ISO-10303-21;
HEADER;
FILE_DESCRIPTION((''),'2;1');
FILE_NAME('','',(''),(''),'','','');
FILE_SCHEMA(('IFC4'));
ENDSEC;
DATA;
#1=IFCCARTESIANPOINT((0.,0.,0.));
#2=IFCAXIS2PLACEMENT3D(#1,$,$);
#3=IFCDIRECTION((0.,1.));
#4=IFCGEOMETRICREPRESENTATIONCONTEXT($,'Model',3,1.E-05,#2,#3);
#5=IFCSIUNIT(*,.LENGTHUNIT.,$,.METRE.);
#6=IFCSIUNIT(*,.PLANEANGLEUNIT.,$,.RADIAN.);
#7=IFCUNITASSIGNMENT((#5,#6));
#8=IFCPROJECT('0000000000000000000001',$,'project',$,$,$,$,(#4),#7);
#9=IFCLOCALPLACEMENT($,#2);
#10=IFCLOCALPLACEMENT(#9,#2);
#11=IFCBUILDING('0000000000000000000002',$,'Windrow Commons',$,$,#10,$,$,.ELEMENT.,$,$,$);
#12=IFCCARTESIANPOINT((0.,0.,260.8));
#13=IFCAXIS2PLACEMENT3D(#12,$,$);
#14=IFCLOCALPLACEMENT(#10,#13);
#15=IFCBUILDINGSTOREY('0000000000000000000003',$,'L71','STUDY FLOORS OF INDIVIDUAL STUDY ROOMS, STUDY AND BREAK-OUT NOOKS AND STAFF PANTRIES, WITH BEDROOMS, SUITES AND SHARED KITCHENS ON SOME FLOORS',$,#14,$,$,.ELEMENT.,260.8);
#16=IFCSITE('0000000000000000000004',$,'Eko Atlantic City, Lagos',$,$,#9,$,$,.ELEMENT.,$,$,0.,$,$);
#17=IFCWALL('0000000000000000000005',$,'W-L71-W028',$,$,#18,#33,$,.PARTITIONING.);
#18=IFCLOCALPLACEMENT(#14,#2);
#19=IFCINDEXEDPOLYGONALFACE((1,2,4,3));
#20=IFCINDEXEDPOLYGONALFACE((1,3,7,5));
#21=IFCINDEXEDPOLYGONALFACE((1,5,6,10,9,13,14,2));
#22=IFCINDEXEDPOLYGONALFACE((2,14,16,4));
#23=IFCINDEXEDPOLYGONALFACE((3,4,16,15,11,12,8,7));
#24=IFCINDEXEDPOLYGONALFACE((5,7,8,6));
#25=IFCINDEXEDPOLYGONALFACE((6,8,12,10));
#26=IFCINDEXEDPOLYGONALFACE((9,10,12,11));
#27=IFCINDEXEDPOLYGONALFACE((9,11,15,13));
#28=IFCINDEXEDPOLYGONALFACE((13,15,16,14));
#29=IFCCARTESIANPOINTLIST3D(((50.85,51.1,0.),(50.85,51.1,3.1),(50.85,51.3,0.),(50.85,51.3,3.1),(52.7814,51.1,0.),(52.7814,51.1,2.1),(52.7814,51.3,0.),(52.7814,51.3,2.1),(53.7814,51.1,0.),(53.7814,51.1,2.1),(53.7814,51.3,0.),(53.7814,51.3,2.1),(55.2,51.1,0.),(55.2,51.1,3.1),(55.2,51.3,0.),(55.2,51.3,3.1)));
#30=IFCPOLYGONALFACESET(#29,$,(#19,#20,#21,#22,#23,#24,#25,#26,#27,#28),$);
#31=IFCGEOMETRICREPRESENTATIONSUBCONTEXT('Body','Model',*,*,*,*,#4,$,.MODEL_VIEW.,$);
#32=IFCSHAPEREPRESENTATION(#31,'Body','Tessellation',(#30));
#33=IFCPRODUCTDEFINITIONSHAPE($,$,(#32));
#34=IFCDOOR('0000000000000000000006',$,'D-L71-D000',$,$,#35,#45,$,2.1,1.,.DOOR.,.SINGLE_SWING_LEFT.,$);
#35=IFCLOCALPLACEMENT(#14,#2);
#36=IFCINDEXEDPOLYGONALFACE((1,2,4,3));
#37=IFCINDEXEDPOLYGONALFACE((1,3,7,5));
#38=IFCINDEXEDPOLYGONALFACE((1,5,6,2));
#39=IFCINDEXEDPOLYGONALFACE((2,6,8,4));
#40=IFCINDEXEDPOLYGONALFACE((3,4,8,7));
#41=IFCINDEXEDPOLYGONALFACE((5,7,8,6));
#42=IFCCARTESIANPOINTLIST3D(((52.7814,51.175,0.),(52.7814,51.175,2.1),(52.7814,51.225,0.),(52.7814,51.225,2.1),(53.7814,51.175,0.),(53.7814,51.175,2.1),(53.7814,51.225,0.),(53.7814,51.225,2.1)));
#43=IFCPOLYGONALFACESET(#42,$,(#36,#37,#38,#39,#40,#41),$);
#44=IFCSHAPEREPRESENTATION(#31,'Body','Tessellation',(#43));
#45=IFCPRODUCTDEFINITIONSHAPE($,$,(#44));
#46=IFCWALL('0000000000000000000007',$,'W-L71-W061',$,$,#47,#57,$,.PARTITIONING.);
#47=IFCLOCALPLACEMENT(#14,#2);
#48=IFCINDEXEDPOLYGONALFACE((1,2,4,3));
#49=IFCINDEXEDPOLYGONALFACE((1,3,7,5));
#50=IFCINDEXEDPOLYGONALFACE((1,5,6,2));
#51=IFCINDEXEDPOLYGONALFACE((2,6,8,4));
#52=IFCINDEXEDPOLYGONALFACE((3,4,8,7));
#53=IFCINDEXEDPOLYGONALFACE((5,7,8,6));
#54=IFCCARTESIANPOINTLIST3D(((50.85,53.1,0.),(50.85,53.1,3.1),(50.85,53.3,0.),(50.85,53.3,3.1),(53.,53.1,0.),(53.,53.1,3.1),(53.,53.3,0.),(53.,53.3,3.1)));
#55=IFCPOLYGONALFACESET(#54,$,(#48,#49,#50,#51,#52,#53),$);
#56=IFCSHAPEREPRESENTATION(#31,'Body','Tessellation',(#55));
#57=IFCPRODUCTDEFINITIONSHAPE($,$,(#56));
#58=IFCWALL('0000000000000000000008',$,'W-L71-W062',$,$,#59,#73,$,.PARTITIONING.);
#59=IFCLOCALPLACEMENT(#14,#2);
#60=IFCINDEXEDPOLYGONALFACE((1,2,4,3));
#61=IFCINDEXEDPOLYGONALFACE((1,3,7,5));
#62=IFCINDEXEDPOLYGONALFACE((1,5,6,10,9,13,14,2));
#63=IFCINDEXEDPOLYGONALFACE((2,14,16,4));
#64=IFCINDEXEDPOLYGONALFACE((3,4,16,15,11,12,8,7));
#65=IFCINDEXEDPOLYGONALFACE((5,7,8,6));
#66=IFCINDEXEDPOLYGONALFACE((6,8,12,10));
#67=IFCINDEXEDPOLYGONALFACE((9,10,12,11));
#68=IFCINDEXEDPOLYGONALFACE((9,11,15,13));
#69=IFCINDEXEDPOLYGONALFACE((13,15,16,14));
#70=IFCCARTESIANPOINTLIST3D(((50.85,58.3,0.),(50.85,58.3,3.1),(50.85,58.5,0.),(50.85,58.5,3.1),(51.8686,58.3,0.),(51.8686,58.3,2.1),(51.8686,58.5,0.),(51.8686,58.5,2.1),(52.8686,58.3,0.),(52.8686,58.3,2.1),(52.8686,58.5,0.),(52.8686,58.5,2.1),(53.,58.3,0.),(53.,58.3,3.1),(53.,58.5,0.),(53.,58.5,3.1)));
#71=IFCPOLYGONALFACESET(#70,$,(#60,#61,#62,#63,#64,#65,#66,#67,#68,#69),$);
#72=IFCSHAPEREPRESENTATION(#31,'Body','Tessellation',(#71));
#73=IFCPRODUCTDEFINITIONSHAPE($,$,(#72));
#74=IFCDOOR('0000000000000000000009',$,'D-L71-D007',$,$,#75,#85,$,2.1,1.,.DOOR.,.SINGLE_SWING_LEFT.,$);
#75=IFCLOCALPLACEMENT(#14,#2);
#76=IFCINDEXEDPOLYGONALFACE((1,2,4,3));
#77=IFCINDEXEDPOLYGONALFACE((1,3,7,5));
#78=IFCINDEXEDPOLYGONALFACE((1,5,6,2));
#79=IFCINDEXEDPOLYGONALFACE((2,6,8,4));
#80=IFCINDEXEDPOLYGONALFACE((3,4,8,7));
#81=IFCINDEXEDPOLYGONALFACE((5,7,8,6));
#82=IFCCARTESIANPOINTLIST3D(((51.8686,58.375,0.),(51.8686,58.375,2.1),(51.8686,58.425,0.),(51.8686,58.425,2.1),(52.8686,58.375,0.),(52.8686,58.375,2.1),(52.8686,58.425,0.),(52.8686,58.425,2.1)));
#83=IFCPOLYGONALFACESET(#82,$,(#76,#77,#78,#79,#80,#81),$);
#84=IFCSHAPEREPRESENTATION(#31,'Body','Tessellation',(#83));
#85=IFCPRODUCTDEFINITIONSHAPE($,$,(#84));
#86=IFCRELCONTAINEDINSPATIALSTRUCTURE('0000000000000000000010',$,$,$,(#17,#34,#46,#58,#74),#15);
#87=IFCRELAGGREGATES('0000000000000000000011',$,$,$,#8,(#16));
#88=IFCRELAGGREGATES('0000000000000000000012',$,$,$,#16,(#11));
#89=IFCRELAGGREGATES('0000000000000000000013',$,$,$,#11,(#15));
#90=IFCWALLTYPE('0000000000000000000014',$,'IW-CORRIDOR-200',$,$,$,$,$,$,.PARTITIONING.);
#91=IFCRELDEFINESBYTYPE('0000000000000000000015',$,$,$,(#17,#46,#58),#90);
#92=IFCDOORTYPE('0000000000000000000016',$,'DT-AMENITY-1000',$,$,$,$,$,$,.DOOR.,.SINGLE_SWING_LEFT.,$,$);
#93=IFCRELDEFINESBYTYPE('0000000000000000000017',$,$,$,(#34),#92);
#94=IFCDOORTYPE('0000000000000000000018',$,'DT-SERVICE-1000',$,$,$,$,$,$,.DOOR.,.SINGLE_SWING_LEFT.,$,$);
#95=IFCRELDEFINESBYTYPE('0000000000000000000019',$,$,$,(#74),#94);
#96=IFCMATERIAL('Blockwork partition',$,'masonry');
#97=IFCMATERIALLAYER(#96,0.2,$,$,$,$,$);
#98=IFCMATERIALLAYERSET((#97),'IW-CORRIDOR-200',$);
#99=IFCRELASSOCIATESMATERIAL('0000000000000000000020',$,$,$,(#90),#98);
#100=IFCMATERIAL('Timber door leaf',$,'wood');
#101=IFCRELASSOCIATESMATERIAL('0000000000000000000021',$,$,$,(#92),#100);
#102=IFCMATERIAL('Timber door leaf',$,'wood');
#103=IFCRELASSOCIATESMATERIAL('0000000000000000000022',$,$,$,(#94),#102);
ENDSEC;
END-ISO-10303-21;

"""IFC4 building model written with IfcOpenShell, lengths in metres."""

from ifc_helpers import new_model, si_unit, direction, frame, frame_2d, origin, place, context, subcontext, project, spatial, rectangle, extrude, material, layer, layer_set, type_object, element, fill, save


model = new_model("IFC4")

# Units and contexts
model_context = context("Model", 3, precision=1e-05, world=origin(), true_north=direction((0.0, 1.0)))
body_context = subcontext(model_context, "Body", "Model", "MODEL_VIEW")
ifc_project = project(units=[si_unit("LENGTHUNIT", "METRE"), si_unit("PLANEANGLEUNIT", "RADIAN")], contexts=[model_context])

# Site, building, storey
site_placement = place(None, origin())
site = spatial("IfcSite", under=ifc_project, at=site_placement, Name="Eko Atlantic City, Lagos", CompositionType="ELEMENT", RefElevation=0.0)
building_placement = place(site_placement, origin())
building = spatial("IfcBuilding", under=site, at=building_placement, Name="Windrow Commons", CompositionType="ELEMENT")
storey_placement = place(building_placement, frame((0.0, 0.0, 260.8)))
storey = spatial("IfcBuildingStorey", under=building, at=storey_placement, Name="L71", Description="STUDY FLOORS OF INDIVIDUAL STUDY ROOMS, STUDY AND BREAK-OUT NOOKS AND STAFF PANTRIES, WITH BEDROOMS, SUITES AND SHARED KITCHENS ON SOME FLOORS", CompositionType="ELEMENT", Elevation=260.8)

# Wall, opening, door
ifc_material_1 = material(Name="Blockwork partition", Category="masonry")
ifc_layer_1 = layer(ifc_material_1, 0.2)
ifc_layer_set_1 = layer_set([ifc_layer_1], Name="IW-CORRIDOR-200")
wall_type_1 = type_object("IfcWallType", Name="IW-CORRIDOR-200", PredefinedType="PARTITIONING", material=ifc_layer_set_1)
wall_1_placement = place(storey_placement, frame((50.85, 51.2, 0.0), z_axis=(0.0, 0.0, 1.0), x_axis=(1.0, 0.0, 0.0)))
wall_1 = element("IfcWall", 1, at=wall_1_placement, inside=storey, type_object=wall_type_1, Name="W-L71-W028", PredefinedType="PARTITIONING", context=body_context, shape_type="SweptSolid", body=[
    extrude(rectangle(XDim=4.35, YDim=0.2, at=frame_2d((2.175, 0.0))), origin(), (0.0, 0.0, 1.0), 3.1),
])
opening_1_placement = place(wall_1_placement, frame((1.9314, 0.0, 0.0)))
opening_1 = element("IfcOpeningElement", 2, at=opening_1_placement, cuts=wall_1, PredefinedType="OPENING", context=body_context, shape_type="SweptSolid", body=[
    extrude(rectangle(XDim=1.0, YDim=2.1, at=frame_2d((0.5, 1.05))), frame((0.0, 0.11, 0.0), z_axis=(0.0, -1.0, 0.0), x_axis=(1.0, 0.0, 0.0)), (0.0, 0.0, 1.0), 0.22),
])
ifc_material_2 = material(Name="Timber door leaf", Category="wood")
door_type_1 = type_object("IfcDoorType", Name="DT-AMENITY-1000", OperationType="SINGLE_SWING_LEFT", PredefinedType="DOOR", material=ifc_material_2)
door_1_placement = place(opening_1_placement, origin())
door_1 = element("IfcDoor", 3, at=door_1_placement, inside=storey, type_object=door_type_1, Name="D-L71-D000", OperationType="SINGLE_SWING_LEFT", OverallHeight=2.1, OverallWidth=1.0, PredefinedType="DOOR", context=body_context, shape_type="SweptSolid", body=[
    extrude(rectangle(XDim=1.0, YDim=2.1, at=frame_2d((0.5, 1.05))), frame((0.0, 0.025, 0.0), z_axis=(0.0, -1.0, 0.0), x_axis=(1.0, 0.0, 0.0)), (0.0, 0.0, 1.0), 0.05),
])
fill(opening_1, door_1)

# Wall
wall_2_placement = place(storey_placement, frame((50.85, 53.2, 0.0), z_axis=(0.0, 0.0, 1.0), x_axis=(1.0, 0.0, 0.0)))
element("IfcWall", 4, at=wall_2_placement, inside=storey, type_object=wall_type_1, Name="W-L71-W061", PredefinedType="PARTITIONING", context=body_context, shape_type="SweptSolid", body=[
    extrude(rectangle(XDim=2.15, YDim=0.2, at=frame_2d((1.075, 0.0))), origin(), (0.0, 0.0, 1.0), 3.1),
])

# Wall, opening, door
wall_3_placement = place(storey_placement, frame((50.85, 58.4, 0.0), z_axis=(0.0, 0.0, 1.0), x_axis=(1.0, 0.0, 0.0)))
wall_3 = element("IfcWall", 5, at=wall_3_placement, inside=storey, type_object=wall_type_1, Name="W-L71-W062", PredefinedType="PARTITIONING", context=body_context, shape_type="SweptSolid", body=[
    extrude(rectangle(XDim=2.15, YDim=0.2, at=frame_2d((1.075, 0.0))), origin(), (0.0, 0.0, 1.0), 3.1),
])
opening_2_placement = place(wall_3_placement, frame((1.0186, 0.0, 0.0)))
opening_2 = element("IfcOpeningElement", 6, at=opening_2_placement, cuts=wall_3, PredefinedType="OPENING", context=body_context, shape_type="SweptSolid", body=[
    extrude(rectangle(XDim=1.0, YDim=2.1, at=frame_2d((0.5, 1.05))), frame((0.0, 0.11, 0.0), z_axis=(0.0, -1.0, 0.0), x_axis=(1.0, 0.0, 0.0)), (0.0, 0.0, 1.0), 0.22),
])
ifc_material_3 = material(Name="Timber door leaf", Category="wood")
door_type_2 = type_object("IfcDoorType", Name="DT-SERVICE-1000", OperationType="SINGLE_SWING_LEFT", PredefinedType="DOOR", material=ifc_material_3)
door_2_placement = place(opening_2_placement, origin())
door_2 = element("IfcDoor", 7, at=door_2_placement, inside=storey, type_object=door_type_2, Name="D-L71-D007", OperationType="SINGLE_SWING_LEFT", OverallHeight=2.1, OverallWidth=1.0, PredefinedType="DOOR", context=body_context, shape_type="SweptSolid", body=[
    extrude(rectangle(XDim=1.0, YDim=2.1, at=frame_2d((0.5, 1.05))), frame((0.0, 0.025, 0.0), z_axis=(0.0, -1.0, 0.0), x_axis=(1.0, 0.0, 0.0)), (0.0, 0.0, 1.0), 0.05),
])
fill(opening_2, door_2)

save(model, "model.ifc")
